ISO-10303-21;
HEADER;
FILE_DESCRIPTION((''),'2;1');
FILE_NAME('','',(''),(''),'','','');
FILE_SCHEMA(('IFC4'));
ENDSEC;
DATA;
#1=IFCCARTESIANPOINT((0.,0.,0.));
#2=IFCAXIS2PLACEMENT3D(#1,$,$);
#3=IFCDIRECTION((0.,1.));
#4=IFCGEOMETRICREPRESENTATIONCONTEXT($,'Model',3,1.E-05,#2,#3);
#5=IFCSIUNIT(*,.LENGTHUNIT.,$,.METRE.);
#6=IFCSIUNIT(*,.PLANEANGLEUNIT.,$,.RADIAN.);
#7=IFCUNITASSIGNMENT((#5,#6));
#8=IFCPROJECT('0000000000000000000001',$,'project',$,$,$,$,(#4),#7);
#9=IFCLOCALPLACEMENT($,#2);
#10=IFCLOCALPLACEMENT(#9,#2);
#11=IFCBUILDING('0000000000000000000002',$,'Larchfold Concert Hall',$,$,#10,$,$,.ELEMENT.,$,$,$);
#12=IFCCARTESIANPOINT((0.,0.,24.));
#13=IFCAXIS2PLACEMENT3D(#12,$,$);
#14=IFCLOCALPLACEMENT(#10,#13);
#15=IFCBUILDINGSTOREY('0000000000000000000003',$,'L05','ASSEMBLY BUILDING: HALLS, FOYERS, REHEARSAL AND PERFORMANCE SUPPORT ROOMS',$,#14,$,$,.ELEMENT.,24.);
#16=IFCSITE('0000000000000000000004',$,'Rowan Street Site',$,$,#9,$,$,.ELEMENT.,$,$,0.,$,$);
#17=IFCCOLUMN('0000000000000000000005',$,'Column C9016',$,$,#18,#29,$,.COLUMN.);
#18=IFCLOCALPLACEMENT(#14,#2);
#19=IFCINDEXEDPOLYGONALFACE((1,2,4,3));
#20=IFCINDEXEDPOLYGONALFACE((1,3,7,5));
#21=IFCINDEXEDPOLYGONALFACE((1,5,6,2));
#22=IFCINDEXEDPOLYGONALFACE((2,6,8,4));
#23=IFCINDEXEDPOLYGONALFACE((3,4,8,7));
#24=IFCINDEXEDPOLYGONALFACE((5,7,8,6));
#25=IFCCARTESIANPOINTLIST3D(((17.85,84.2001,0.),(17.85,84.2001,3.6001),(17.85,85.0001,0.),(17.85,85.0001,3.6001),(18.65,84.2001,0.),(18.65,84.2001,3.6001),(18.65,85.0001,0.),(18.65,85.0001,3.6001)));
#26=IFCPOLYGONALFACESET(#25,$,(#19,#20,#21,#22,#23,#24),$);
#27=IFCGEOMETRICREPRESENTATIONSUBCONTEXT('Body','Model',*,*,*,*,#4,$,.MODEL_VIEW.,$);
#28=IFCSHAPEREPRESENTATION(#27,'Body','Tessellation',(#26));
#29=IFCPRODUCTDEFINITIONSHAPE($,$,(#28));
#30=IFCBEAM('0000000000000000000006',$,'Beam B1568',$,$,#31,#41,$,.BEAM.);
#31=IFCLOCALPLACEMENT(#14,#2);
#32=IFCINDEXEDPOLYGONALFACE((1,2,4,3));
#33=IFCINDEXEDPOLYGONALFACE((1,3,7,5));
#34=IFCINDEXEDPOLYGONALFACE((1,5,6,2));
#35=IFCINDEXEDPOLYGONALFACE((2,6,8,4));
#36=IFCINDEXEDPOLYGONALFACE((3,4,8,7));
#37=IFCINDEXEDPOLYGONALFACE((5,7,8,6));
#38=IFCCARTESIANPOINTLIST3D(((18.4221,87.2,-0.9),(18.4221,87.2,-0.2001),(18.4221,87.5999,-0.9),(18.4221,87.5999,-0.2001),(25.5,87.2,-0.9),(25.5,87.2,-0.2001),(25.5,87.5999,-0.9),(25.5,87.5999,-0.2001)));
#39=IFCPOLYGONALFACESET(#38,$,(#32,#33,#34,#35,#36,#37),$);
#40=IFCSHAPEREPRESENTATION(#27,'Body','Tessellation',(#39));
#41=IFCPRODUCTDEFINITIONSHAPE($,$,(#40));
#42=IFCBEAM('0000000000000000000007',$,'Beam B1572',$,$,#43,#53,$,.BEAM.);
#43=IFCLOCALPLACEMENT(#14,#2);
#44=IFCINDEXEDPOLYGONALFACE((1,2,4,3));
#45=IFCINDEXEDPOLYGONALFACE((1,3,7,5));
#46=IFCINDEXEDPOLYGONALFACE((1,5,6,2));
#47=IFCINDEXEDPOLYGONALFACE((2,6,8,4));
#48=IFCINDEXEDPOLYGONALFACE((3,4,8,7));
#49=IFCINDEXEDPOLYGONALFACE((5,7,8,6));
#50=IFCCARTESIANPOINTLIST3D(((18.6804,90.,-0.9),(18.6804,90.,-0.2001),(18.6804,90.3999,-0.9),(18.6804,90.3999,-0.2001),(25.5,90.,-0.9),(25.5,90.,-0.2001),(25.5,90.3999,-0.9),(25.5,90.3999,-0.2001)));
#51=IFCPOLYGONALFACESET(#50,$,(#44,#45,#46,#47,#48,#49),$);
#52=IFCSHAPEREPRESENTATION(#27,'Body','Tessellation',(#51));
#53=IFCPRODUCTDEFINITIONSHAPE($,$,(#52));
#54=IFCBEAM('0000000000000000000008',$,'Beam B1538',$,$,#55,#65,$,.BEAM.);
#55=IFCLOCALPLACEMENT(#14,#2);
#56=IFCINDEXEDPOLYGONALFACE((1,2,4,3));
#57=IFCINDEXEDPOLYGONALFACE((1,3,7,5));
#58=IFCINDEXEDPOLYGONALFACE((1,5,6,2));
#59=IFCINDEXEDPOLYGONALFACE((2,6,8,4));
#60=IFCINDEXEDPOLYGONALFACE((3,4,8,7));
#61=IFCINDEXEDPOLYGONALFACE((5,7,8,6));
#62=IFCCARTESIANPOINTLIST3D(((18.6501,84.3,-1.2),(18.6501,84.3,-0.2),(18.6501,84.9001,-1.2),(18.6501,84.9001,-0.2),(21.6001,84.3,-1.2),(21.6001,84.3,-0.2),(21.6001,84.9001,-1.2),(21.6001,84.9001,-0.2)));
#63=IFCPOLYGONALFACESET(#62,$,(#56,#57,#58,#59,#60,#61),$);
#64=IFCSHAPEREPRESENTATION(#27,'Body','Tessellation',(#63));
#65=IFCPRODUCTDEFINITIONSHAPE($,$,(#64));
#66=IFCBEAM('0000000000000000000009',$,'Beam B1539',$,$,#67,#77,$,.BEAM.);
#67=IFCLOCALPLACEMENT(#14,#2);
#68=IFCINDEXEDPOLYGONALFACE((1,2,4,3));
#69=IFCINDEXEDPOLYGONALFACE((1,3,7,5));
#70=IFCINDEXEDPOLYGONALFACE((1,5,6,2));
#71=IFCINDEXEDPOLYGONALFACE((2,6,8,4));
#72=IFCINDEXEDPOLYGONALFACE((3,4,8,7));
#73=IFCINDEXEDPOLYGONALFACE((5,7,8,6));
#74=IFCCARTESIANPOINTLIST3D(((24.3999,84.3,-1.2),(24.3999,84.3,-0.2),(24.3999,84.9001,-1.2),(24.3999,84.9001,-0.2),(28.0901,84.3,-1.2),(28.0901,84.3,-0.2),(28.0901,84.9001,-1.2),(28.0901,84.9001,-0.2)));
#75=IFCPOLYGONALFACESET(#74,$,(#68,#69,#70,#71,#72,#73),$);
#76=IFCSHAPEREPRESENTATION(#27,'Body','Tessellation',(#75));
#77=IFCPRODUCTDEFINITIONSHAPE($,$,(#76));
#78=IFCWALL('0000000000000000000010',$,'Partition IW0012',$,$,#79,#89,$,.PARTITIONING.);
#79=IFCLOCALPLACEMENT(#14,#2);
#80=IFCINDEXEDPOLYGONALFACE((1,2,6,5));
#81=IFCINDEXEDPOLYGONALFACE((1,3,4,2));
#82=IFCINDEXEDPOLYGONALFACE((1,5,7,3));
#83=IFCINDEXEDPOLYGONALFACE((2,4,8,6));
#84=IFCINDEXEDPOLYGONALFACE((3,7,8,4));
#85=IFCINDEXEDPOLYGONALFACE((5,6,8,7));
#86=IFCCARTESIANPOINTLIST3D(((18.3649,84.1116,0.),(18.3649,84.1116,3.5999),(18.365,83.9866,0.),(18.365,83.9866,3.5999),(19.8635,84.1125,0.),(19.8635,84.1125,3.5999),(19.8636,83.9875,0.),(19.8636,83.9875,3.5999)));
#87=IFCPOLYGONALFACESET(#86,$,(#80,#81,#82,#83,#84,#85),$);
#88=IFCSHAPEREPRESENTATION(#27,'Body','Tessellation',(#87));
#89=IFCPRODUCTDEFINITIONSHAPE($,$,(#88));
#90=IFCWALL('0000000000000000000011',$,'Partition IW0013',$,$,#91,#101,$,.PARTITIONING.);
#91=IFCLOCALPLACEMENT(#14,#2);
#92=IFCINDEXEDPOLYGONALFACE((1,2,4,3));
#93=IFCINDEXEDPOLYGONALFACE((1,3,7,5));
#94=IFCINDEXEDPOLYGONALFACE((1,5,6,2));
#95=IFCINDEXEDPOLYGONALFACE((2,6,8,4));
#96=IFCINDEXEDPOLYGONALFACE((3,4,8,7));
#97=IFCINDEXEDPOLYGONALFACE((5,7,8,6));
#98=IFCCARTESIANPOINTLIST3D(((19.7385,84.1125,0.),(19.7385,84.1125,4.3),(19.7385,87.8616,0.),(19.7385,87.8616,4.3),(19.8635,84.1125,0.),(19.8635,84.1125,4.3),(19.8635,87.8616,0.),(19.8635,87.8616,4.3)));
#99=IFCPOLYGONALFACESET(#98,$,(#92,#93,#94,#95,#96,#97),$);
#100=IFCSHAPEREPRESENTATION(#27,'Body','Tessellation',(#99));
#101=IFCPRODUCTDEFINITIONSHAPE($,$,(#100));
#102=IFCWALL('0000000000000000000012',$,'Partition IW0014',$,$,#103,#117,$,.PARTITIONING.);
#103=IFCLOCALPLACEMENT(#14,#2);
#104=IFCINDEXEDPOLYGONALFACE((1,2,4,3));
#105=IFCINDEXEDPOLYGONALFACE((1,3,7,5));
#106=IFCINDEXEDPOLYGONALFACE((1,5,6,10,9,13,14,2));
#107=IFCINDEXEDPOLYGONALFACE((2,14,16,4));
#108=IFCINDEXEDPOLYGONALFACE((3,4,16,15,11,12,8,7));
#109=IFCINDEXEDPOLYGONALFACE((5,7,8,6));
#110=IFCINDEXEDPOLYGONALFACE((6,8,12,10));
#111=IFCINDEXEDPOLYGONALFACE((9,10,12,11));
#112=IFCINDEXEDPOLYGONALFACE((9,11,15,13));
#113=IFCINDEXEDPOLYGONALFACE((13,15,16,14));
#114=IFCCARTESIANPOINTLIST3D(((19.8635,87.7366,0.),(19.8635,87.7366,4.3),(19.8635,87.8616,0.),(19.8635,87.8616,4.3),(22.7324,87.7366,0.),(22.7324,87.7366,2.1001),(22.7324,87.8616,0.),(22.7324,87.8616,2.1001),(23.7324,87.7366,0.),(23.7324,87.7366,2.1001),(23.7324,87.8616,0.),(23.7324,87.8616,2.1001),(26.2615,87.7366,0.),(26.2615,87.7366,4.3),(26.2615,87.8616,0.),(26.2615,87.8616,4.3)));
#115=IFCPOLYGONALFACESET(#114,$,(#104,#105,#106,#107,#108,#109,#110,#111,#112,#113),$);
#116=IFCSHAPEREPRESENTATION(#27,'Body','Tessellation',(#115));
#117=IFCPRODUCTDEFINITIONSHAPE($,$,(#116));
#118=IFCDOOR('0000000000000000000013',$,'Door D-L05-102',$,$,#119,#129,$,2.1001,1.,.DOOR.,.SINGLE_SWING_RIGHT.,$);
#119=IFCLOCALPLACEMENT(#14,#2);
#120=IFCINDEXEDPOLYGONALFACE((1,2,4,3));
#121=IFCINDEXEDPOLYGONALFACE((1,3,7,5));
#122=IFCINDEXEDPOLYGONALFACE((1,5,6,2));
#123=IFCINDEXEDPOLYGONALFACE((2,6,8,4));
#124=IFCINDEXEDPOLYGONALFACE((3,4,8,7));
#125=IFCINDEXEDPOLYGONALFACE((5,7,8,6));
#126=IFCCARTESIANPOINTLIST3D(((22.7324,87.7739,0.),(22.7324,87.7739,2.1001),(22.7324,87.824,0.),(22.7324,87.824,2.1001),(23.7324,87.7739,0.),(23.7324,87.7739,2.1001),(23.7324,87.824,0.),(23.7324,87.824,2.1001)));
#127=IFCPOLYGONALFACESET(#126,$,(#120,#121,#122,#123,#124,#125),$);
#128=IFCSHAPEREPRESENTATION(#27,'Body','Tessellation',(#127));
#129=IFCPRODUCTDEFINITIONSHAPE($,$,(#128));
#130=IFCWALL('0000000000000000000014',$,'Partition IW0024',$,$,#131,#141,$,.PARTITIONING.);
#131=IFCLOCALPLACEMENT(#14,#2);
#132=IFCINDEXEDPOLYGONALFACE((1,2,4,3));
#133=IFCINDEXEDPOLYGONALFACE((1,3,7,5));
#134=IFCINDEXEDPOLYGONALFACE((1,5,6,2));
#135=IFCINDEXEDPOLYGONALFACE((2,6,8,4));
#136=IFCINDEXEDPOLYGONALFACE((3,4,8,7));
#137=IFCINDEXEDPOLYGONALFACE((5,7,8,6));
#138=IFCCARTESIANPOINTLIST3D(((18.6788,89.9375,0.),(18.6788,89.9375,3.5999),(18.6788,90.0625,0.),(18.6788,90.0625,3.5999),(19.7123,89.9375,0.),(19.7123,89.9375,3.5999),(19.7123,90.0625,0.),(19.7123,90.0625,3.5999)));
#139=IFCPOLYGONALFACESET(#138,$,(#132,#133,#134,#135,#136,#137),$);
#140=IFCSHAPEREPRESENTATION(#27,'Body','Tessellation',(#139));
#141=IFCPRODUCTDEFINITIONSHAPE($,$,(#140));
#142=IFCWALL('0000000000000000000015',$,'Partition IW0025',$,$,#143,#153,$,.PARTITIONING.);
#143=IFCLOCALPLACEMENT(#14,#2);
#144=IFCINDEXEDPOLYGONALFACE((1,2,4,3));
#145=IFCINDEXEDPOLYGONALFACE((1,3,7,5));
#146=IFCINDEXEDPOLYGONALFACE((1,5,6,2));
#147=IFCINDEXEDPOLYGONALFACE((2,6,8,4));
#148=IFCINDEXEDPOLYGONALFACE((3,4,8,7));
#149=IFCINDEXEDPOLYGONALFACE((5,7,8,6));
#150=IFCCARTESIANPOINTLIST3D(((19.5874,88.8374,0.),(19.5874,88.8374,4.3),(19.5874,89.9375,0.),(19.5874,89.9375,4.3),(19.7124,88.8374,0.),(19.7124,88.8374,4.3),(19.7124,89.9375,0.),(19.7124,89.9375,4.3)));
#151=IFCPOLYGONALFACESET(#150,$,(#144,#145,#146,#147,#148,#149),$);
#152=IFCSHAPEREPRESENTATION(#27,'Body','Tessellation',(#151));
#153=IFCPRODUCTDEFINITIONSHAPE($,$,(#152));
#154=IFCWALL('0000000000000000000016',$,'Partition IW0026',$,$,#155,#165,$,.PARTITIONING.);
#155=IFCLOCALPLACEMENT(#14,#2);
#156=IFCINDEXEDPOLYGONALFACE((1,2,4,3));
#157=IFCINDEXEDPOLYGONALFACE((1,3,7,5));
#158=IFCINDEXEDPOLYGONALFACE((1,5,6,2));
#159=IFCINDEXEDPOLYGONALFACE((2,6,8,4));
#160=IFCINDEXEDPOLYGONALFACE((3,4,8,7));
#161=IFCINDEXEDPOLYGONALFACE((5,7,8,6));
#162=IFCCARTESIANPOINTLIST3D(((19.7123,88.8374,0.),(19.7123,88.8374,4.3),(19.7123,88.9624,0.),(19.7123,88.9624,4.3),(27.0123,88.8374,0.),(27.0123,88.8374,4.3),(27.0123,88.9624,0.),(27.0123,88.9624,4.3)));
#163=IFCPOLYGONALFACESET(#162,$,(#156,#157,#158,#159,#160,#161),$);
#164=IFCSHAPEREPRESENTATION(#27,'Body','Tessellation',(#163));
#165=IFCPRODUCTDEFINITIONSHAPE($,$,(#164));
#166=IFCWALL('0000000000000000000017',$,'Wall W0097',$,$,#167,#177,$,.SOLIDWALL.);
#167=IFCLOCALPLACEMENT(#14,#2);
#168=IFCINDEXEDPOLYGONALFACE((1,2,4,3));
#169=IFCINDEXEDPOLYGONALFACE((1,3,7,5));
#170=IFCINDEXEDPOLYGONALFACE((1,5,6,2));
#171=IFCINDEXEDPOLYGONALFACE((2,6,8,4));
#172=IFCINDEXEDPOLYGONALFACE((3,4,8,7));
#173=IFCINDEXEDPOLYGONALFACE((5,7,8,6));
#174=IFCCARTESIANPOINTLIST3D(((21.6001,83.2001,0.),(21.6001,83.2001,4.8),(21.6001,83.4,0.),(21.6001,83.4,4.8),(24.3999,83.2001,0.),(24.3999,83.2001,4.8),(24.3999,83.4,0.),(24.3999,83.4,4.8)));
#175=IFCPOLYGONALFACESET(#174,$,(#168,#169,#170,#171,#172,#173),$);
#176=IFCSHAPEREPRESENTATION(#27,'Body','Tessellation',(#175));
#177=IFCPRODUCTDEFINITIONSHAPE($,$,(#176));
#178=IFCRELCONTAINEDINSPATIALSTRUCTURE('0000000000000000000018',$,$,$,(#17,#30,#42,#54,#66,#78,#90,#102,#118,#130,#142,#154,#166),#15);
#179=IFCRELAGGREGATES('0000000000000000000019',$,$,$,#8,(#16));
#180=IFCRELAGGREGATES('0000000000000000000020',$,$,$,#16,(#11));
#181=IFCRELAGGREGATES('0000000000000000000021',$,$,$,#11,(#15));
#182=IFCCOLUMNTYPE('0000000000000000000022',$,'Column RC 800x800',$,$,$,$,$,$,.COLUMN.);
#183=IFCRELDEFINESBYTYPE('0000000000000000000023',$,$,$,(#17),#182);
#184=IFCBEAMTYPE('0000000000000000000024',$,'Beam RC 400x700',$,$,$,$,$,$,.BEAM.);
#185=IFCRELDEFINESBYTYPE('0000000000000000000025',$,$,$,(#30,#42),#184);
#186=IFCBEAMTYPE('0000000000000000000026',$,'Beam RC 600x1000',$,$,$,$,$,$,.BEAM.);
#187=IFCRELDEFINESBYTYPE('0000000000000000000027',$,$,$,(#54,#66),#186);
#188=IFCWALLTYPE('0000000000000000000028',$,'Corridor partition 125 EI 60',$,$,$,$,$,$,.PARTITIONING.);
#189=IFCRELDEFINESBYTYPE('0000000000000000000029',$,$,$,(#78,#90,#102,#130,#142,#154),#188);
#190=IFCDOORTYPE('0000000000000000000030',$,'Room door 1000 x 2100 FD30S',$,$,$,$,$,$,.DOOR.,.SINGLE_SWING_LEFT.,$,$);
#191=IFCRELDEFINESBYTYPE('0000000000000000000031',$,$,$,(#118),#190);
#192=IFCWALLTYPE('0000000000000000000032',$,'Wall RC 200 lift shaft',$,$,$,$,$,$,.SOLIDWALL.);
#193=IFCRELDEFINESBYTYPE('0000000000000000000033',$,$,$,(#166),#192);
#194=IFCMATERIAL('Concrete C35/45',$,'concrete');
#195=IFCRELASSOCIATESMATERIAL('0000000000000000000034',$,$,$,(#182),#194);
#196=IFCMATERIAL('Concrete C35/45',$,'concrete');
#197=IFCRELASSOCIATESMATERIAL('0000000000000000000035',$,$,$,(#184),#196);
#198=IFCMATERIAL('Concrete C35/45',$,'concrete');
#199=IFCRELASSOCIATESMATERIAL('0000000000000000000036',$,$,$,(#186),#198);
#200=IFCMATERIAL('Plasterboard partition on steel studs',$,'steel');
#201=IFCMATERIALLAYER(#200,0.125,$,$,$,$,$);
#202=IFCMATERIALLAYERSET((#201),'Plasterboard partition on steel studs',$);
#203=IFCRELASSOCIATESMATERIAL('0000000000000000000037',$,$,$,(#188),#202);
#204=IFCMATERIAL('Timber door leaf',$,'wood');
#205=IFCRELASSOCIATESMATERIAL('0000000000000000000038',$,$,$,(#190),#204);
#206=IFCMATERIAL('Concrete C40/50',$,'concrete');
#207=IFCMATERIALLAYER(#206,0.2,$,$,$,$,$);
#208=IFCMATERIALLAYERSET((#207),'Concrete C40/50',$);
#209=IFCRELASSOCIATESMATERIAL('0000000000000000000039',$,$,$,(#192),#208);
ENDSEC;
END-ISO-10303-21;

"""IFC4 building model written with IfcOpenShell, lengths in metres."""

from ifc_helpers import new_model, si_unit, direction, frame, frame_2d, origin, origin_2d, place, context, subcontext, project, spatial, rectangle, extrude, material, layer, layer_set, material_profile, profile_set, type_object, element, fill, save


model = new_model("IFC4")

# Units and contexts
model_context = context("Model", 3, precision=1e-05, world=origin(), true_north=direction((0.0, 1.0)))
body_context = subcontext(model_context, "Body", "Model", "MODEL_VIEW")
ifc_project = project(units=[si_unit("LENGTHUNIT", "METRE"), si_unit("PLANEANGLEUNIT", "RADIAN")], contexts=[model_context])

# Site, building, storey
site_placement = place(None, origin())
site = spatial("IfcSite", under=ifc_project, at=site_placement, Name="Rowan Street Site", CompositionType="ELEMENT", RefElevation=0.0)
building_placement = place(site_placement, origin())
building = spatial("IfcBuilding", under=site, at=building_placement, Name="Larchfold Concert Hall", CompositionType="ELEMENT")
storey_placement = place(building_placement, frame((0.0, 0.0, 24.0)))
storey = spatial("IfcBuildingStorey", under=building, at=storey_placement, Name="L05", Description="ASSEMBLY BUILDING: HALLS, FOYERS, REHEARSAL AND PERFORMANCE SUPPORT ROOMS", CompositionType="ELEMENT", Elevation=24.0)

# Column
ifc_material_1 = material(Name="Concrete C35/45", Category="concrete")
ifc_material_profile_1 = material_profile(ifc_material_1, rectangle(XDim=0.8, YDim=0.8, at=origin_2d()))
ifc_profile_set_1 = profile_set([ifc_material_profile_1], Name="Concrete C35/45")
column_type = type_object("IfcColumnType", Name="Column RC 800x800", PredefinedType="COLUMN", material=ifc_profile_set_1)
column_placement = place(storey_placement, frame((18.25, 84.6001, 0.0), z_axis=(0.0, 0.0, 1.0), x_axis=(0.000002, 1.0, 0.0)))
element("IfcColumn", 1, at=column_placement, inside=storey, type_object=column_type, Name="Column C9016", PredefinedType="COLUMN", context=body_context, shape_type="SweptSolid", body=[
    extrude(rectangle(XDim=0.8, YDim=0.8, at=origin_2d()), origin(), (0.0, 0.0, 1.0), 3.6001),
])

# Beams
ifc_material_2 = material(Name="Concrete C35/45", Category="concrete")
ifc_material_profile_2 = material_profile(ifc_material_2, rectangle(XDim=0.3999, YDim=0.7, at=origin_2d()))
ifc_profile_set_2 = profile_set([ifc_material_profile_2], Name="Concrete C35/45")
beam_type_1 = type_object("IfcBeamType", Name="Beam RC 400x700", PredefinedType="BEAM", material=ifc_profile_set_2)
beam_1_placement = place(storey_placement, frame((18.4221, 87.3999, -0.55), z_axis=(1.0, 0.0, 0.0), x_axis=(0.0, 1.0, 0.0)))
element("IfcBeam", 2, at=beam_1_placement, inside=storey, type_object=beam_type_1, Name="Beam B1568", PredefinedType="BEAM", context=body_context, shape_type="SweptSolid", body=[
    extrude(rectangle(XDim=0.3999, YDim=0.7, at=origin_2d()), origin(), (0.0, 0.0, 1.0), 7.0779),
])
beam_2_placement = place(storey_placement, frame((18.6804, 90.2, -0.55), z_axis=(1.0, 0.0, 0.0), x_axis=(0.0, 1.0, 0.0)))
element("IfcBeam", 3, at=beam_2_placement, inside=storey, type_object=beam_type_1, Name="Beam B1572", PredefinedType="BEAM", context=body_context, shape_type="SweptSolid", body=[
    extrude(rectangle(XDim=0.3999, YDim=0.7, at=origin_2d()), origin(), (0.0, 0.0, 1.0), 6.8196),
])
ifc_material_3 = material(Name="Concrete C35/45", Category="concrete")
ifc_material_profile_3 = material_profile(ifc_material_3, rectangle(XDim=0.6001, YDim=1.0, at=origin_2d()))
ifc_profile_set_3 = profile_set([ifc_material_profile_3], Name="Concrete C35/45")
beam_type_2 = type_object("IfcBeamType", Name="Beam RC 600x1000", PredefinedType="BEAM", material=ifc_profile_set_3)
beam_3_placement = place(storey_placement, frame((18.6501, 84.6001, -0.7), z_axis=(1.0, 0.0, 0.0), x_axis=(0.0, 1.0, 0.0)))
element("IfcBeam", 4, at=beam_3_placement, inside=storey, type_object=beam_type_2, Name="Beam B1538", PredefinedType="BEAM", context=body_context, shape_type="SweptSolid", body=[
    extrude(rectangle(XDim=0.6001, YDim=1.0, at=origin_2d()), origin(), (0.0, 0.0, 1.0), 2.95),
])
beam_4_placement = place(storey_placement, frame((24.3999, 84.6001, -0.7), z_axis=(1.0, 0.0, 0.0), x_axis=(0.0, 1.0, 0.0)))
element("IfcBeam", 5, at=beam_4_placement, inside=storey, type_object=beam_type_2, Name="Beam B1539", PredefinedType="BEAM", context=body_context, shape_type="SweptSolid", body=[
    extrude(rectangle(XDim=0.6001, YDim=1.0, at=origin_2d()), origin(), (0.0, 0.0, 1.0), 3.6902),
])

# Walls
ifc_material_4 = material(Name="Plasterboard partition on steel studs", Category="steel")
ifc_layer_1 = layer(ifc_material_4, 0.125)
ifc_layer_set_1 = layer_set([ifc_layer_1], Name="Plasterboard partition on steel studs")
wall_type_1 = type_object("IfcWallType", Name="Corridor partition 125 EI 60", PredefinedType="PARTITIONING", material=ifc_layer_set_1)
wall_1_placement = place(storey_placement, frame((18.365, 84.0491, 0.0), z_axis=(0.0, 0.0, 1.0), x_axis=(1.0, 0.000652, 0.0)))
element("IfcWall", 6, at=wall_1_placement, inside=storey, type_object=wall_type_1, Name="Partition IW0012", PredefinedType="PARTITIONING", context=body_context, shape_type="SweptSolid", body=[
    extrude(rectangle(XDim=1.4985, YDim=0.125, at=frame_2d((0.7493, 0.0))), origin(), (0.0, 0.0, 1.0), 3.5999),
])
wall_2_placement = place(storey_placement, frame((19.801, 84.1125, 0.0), z_axis=(0.0, 0.0, 1.0), x_axis=(0.0, 1.0, 0.0)))
element("IfcWall", 7, at=wall_2_placement, inside=storey, type_object=wall_type_1, Name="Partition IW0013", PredefinedType="PARTITIONING", context=body_context, shape_type="SweptSolid", body=[
    extrude(rectangle(XDim=3.749, YDim=0.125, at=frame_2d((1.8745, 0.0))), origin(), (0.0, 0.0, 1.0), 4.3),
])

# Wall, opening, door
wall_3_placement = place(storey_placement, frame((19.8635, 87.7991, 0.0), z_axis=(0.0, 0.0, 1.0), x_axis=(1.0, 0.0, 0.0)))
wall_3 = element("IfcWall", 8, at=wall_3_placement, inside=storey, type_object=wall_type_1, Name="Partition IW0014", PredefinedType="PARTITIONING", context=body_context, shape_type="SweptSolid", body=[
    extrude(rectangle(XDim=6.3979, YDim=0.125, at=frame_2d((3.199, 0.0))), origin(), (0.0, 0.0, 1.0), 4.3),
])
opening_1_placement = place(wall_3_placement, frame((2.8689, 0.0, 0.0)))
opening_1 = element("IfcOpeningElement", 9, at=opening_1_placement, cuts=wall_3, PredefinedType="OPENING", context=body_context, shape_type="SweptSolid", body=[
    extrude(rectangle(XDim=1.0, YDim=2.1001, at=frame_2d((0.5, 1.05))), frame((0.0, 0.0725, 0.0), z_axis=(0.0, -1.0, 0.0), x_axis=(1.0, 0.0, 0.0)), (0.0, 0.0, 1.0), 0.145),
])
ifc_material_5 = material(Name="Timber door leaf", Category="wood")
door_type_1 = type_object("IfcDoorType", Name="Room door 1000 x 2100 FD30S", OperationType="SINGLE_SWING_LEFT", PredefinedType="DOOR", material=ifc_material_5)
door_1_placement = place(opening_1_placement, origin())
door_1 = element("IfcDoor", 10, at=door_1_placement, inside=storey, type_object=door_type_1, Name="Door D-L05-102", OperationType="SINGLE_SWING_RIGHT", OverallHeight=2.1001, OverallWidth=1.0, PredefinedType="DOOR", context=body_context, shape_type="SweptSolid", body=[
    extrude(rectangle(XDim=1.0, YDim=2.1001, at=frame_2d((0.5, 1.05))), frame((0.0, 0.0249, 0.0), z_axis=(0.0, -1.0, 0.0), x_axis=(1.0, 0.0, 0.0)), (0.0, 0.0, 1.0), 0.05),
])
fill(opening_1, door_1)

# Walls
wall_4_placement = place(storey_placement, frame((18.679, 90.0, 0.0), z_axis=(0.0, 0.0, 1.0), x_axis=(1.0, 0.0, 0.0)))
element("IfcWall", 11, at=wall_4_placement, inside=storey, type_object=wall_type_1, Name="Partition IW0024", PredefinedType="PARTITIONING", context=body_context, shape_type="SweptSolid", body=[
    extrude(rectangle(XDim=1.0334, YDim=0.125, at=frame_2d((0.5166, 0.0))), origin(), (0.0, 0.0, 1.0), 3.5999),
])
wall_5_placement = place(storey_placement, frame((19.6499, 89.9375, 0.0), z_axis=(0.0, 0.0, 1.0), x_axis=(0.0, -1.0, 0.0)))
element("IfcWall", 12, at=wall_5_placement, inside=storey, type_object=wall_type_1, Name="Partition IW0025", PredefinedType="PARTITIONING", context=body_context, shape_type="SweptSolid", body=[
    extrude(rectangle(XDim=1.1001, YDim=0.125, at=frame_2d((0.55, 0.0))), origin(), (0.0, 0.0, 1.0), 4.3),
])
wall_6_placement = place(storey_placement, frame((19.7124, 88.8999, 0.0), z_axis=(0.0, 0.0, 1.0), x_axis=(1.0, 0.0, 0.0)))
element("IfcWall", 13, at=wall_6_placement, inside=storey, type_object=wall_type_1, Name="Partition IW0026", PredefinedType="PARTITIONING", context=body_context, shape_type="SweptSolid", body=[
    extrude(rectangle(XDim=7.3, YDim=0.125, at=frame_2d((3.6499, 0.0))), origin(), (0.0, 0.0, 1.0), 4.3),
])
ifc_material_6 = material(Name="Concrete C40/50", Category="concrete")
ifc_layer_2 = layer(ifc_material_6, 0.2)
ifc_layer_set_2 = layer_set([ifc_layer_2], Name="Concrete C40/50")
wall_type_2 = type_object("IfcWallType", Name="Wall RC 200 lift shaft", PredefinedType="SOLIDWALL", material=ifc_layer_set_2)
wall_7_placement = place(storey_placement, frame((21.6001, 83.3, 0.0), z_axis=(0.0, 0.0, 1.0), x_axis=(1.0, 0.0, 0.0)))
element("IfcWall", 14, at=wall_7_placement, inside=storey, type_object=wall_type_2, Name="Wall W0097", PredefinedType="SOLIDWALL", context=body_context, shape_type="SweptSolid", body=[
    extrude(rectangle(XDim=2.7998, YDim=0.2, at=frame_2d((1.3999, 0.0))), origin(), (0.0, 0.0, 1.0), 4.8),
])

save(model, "model.ifc")
